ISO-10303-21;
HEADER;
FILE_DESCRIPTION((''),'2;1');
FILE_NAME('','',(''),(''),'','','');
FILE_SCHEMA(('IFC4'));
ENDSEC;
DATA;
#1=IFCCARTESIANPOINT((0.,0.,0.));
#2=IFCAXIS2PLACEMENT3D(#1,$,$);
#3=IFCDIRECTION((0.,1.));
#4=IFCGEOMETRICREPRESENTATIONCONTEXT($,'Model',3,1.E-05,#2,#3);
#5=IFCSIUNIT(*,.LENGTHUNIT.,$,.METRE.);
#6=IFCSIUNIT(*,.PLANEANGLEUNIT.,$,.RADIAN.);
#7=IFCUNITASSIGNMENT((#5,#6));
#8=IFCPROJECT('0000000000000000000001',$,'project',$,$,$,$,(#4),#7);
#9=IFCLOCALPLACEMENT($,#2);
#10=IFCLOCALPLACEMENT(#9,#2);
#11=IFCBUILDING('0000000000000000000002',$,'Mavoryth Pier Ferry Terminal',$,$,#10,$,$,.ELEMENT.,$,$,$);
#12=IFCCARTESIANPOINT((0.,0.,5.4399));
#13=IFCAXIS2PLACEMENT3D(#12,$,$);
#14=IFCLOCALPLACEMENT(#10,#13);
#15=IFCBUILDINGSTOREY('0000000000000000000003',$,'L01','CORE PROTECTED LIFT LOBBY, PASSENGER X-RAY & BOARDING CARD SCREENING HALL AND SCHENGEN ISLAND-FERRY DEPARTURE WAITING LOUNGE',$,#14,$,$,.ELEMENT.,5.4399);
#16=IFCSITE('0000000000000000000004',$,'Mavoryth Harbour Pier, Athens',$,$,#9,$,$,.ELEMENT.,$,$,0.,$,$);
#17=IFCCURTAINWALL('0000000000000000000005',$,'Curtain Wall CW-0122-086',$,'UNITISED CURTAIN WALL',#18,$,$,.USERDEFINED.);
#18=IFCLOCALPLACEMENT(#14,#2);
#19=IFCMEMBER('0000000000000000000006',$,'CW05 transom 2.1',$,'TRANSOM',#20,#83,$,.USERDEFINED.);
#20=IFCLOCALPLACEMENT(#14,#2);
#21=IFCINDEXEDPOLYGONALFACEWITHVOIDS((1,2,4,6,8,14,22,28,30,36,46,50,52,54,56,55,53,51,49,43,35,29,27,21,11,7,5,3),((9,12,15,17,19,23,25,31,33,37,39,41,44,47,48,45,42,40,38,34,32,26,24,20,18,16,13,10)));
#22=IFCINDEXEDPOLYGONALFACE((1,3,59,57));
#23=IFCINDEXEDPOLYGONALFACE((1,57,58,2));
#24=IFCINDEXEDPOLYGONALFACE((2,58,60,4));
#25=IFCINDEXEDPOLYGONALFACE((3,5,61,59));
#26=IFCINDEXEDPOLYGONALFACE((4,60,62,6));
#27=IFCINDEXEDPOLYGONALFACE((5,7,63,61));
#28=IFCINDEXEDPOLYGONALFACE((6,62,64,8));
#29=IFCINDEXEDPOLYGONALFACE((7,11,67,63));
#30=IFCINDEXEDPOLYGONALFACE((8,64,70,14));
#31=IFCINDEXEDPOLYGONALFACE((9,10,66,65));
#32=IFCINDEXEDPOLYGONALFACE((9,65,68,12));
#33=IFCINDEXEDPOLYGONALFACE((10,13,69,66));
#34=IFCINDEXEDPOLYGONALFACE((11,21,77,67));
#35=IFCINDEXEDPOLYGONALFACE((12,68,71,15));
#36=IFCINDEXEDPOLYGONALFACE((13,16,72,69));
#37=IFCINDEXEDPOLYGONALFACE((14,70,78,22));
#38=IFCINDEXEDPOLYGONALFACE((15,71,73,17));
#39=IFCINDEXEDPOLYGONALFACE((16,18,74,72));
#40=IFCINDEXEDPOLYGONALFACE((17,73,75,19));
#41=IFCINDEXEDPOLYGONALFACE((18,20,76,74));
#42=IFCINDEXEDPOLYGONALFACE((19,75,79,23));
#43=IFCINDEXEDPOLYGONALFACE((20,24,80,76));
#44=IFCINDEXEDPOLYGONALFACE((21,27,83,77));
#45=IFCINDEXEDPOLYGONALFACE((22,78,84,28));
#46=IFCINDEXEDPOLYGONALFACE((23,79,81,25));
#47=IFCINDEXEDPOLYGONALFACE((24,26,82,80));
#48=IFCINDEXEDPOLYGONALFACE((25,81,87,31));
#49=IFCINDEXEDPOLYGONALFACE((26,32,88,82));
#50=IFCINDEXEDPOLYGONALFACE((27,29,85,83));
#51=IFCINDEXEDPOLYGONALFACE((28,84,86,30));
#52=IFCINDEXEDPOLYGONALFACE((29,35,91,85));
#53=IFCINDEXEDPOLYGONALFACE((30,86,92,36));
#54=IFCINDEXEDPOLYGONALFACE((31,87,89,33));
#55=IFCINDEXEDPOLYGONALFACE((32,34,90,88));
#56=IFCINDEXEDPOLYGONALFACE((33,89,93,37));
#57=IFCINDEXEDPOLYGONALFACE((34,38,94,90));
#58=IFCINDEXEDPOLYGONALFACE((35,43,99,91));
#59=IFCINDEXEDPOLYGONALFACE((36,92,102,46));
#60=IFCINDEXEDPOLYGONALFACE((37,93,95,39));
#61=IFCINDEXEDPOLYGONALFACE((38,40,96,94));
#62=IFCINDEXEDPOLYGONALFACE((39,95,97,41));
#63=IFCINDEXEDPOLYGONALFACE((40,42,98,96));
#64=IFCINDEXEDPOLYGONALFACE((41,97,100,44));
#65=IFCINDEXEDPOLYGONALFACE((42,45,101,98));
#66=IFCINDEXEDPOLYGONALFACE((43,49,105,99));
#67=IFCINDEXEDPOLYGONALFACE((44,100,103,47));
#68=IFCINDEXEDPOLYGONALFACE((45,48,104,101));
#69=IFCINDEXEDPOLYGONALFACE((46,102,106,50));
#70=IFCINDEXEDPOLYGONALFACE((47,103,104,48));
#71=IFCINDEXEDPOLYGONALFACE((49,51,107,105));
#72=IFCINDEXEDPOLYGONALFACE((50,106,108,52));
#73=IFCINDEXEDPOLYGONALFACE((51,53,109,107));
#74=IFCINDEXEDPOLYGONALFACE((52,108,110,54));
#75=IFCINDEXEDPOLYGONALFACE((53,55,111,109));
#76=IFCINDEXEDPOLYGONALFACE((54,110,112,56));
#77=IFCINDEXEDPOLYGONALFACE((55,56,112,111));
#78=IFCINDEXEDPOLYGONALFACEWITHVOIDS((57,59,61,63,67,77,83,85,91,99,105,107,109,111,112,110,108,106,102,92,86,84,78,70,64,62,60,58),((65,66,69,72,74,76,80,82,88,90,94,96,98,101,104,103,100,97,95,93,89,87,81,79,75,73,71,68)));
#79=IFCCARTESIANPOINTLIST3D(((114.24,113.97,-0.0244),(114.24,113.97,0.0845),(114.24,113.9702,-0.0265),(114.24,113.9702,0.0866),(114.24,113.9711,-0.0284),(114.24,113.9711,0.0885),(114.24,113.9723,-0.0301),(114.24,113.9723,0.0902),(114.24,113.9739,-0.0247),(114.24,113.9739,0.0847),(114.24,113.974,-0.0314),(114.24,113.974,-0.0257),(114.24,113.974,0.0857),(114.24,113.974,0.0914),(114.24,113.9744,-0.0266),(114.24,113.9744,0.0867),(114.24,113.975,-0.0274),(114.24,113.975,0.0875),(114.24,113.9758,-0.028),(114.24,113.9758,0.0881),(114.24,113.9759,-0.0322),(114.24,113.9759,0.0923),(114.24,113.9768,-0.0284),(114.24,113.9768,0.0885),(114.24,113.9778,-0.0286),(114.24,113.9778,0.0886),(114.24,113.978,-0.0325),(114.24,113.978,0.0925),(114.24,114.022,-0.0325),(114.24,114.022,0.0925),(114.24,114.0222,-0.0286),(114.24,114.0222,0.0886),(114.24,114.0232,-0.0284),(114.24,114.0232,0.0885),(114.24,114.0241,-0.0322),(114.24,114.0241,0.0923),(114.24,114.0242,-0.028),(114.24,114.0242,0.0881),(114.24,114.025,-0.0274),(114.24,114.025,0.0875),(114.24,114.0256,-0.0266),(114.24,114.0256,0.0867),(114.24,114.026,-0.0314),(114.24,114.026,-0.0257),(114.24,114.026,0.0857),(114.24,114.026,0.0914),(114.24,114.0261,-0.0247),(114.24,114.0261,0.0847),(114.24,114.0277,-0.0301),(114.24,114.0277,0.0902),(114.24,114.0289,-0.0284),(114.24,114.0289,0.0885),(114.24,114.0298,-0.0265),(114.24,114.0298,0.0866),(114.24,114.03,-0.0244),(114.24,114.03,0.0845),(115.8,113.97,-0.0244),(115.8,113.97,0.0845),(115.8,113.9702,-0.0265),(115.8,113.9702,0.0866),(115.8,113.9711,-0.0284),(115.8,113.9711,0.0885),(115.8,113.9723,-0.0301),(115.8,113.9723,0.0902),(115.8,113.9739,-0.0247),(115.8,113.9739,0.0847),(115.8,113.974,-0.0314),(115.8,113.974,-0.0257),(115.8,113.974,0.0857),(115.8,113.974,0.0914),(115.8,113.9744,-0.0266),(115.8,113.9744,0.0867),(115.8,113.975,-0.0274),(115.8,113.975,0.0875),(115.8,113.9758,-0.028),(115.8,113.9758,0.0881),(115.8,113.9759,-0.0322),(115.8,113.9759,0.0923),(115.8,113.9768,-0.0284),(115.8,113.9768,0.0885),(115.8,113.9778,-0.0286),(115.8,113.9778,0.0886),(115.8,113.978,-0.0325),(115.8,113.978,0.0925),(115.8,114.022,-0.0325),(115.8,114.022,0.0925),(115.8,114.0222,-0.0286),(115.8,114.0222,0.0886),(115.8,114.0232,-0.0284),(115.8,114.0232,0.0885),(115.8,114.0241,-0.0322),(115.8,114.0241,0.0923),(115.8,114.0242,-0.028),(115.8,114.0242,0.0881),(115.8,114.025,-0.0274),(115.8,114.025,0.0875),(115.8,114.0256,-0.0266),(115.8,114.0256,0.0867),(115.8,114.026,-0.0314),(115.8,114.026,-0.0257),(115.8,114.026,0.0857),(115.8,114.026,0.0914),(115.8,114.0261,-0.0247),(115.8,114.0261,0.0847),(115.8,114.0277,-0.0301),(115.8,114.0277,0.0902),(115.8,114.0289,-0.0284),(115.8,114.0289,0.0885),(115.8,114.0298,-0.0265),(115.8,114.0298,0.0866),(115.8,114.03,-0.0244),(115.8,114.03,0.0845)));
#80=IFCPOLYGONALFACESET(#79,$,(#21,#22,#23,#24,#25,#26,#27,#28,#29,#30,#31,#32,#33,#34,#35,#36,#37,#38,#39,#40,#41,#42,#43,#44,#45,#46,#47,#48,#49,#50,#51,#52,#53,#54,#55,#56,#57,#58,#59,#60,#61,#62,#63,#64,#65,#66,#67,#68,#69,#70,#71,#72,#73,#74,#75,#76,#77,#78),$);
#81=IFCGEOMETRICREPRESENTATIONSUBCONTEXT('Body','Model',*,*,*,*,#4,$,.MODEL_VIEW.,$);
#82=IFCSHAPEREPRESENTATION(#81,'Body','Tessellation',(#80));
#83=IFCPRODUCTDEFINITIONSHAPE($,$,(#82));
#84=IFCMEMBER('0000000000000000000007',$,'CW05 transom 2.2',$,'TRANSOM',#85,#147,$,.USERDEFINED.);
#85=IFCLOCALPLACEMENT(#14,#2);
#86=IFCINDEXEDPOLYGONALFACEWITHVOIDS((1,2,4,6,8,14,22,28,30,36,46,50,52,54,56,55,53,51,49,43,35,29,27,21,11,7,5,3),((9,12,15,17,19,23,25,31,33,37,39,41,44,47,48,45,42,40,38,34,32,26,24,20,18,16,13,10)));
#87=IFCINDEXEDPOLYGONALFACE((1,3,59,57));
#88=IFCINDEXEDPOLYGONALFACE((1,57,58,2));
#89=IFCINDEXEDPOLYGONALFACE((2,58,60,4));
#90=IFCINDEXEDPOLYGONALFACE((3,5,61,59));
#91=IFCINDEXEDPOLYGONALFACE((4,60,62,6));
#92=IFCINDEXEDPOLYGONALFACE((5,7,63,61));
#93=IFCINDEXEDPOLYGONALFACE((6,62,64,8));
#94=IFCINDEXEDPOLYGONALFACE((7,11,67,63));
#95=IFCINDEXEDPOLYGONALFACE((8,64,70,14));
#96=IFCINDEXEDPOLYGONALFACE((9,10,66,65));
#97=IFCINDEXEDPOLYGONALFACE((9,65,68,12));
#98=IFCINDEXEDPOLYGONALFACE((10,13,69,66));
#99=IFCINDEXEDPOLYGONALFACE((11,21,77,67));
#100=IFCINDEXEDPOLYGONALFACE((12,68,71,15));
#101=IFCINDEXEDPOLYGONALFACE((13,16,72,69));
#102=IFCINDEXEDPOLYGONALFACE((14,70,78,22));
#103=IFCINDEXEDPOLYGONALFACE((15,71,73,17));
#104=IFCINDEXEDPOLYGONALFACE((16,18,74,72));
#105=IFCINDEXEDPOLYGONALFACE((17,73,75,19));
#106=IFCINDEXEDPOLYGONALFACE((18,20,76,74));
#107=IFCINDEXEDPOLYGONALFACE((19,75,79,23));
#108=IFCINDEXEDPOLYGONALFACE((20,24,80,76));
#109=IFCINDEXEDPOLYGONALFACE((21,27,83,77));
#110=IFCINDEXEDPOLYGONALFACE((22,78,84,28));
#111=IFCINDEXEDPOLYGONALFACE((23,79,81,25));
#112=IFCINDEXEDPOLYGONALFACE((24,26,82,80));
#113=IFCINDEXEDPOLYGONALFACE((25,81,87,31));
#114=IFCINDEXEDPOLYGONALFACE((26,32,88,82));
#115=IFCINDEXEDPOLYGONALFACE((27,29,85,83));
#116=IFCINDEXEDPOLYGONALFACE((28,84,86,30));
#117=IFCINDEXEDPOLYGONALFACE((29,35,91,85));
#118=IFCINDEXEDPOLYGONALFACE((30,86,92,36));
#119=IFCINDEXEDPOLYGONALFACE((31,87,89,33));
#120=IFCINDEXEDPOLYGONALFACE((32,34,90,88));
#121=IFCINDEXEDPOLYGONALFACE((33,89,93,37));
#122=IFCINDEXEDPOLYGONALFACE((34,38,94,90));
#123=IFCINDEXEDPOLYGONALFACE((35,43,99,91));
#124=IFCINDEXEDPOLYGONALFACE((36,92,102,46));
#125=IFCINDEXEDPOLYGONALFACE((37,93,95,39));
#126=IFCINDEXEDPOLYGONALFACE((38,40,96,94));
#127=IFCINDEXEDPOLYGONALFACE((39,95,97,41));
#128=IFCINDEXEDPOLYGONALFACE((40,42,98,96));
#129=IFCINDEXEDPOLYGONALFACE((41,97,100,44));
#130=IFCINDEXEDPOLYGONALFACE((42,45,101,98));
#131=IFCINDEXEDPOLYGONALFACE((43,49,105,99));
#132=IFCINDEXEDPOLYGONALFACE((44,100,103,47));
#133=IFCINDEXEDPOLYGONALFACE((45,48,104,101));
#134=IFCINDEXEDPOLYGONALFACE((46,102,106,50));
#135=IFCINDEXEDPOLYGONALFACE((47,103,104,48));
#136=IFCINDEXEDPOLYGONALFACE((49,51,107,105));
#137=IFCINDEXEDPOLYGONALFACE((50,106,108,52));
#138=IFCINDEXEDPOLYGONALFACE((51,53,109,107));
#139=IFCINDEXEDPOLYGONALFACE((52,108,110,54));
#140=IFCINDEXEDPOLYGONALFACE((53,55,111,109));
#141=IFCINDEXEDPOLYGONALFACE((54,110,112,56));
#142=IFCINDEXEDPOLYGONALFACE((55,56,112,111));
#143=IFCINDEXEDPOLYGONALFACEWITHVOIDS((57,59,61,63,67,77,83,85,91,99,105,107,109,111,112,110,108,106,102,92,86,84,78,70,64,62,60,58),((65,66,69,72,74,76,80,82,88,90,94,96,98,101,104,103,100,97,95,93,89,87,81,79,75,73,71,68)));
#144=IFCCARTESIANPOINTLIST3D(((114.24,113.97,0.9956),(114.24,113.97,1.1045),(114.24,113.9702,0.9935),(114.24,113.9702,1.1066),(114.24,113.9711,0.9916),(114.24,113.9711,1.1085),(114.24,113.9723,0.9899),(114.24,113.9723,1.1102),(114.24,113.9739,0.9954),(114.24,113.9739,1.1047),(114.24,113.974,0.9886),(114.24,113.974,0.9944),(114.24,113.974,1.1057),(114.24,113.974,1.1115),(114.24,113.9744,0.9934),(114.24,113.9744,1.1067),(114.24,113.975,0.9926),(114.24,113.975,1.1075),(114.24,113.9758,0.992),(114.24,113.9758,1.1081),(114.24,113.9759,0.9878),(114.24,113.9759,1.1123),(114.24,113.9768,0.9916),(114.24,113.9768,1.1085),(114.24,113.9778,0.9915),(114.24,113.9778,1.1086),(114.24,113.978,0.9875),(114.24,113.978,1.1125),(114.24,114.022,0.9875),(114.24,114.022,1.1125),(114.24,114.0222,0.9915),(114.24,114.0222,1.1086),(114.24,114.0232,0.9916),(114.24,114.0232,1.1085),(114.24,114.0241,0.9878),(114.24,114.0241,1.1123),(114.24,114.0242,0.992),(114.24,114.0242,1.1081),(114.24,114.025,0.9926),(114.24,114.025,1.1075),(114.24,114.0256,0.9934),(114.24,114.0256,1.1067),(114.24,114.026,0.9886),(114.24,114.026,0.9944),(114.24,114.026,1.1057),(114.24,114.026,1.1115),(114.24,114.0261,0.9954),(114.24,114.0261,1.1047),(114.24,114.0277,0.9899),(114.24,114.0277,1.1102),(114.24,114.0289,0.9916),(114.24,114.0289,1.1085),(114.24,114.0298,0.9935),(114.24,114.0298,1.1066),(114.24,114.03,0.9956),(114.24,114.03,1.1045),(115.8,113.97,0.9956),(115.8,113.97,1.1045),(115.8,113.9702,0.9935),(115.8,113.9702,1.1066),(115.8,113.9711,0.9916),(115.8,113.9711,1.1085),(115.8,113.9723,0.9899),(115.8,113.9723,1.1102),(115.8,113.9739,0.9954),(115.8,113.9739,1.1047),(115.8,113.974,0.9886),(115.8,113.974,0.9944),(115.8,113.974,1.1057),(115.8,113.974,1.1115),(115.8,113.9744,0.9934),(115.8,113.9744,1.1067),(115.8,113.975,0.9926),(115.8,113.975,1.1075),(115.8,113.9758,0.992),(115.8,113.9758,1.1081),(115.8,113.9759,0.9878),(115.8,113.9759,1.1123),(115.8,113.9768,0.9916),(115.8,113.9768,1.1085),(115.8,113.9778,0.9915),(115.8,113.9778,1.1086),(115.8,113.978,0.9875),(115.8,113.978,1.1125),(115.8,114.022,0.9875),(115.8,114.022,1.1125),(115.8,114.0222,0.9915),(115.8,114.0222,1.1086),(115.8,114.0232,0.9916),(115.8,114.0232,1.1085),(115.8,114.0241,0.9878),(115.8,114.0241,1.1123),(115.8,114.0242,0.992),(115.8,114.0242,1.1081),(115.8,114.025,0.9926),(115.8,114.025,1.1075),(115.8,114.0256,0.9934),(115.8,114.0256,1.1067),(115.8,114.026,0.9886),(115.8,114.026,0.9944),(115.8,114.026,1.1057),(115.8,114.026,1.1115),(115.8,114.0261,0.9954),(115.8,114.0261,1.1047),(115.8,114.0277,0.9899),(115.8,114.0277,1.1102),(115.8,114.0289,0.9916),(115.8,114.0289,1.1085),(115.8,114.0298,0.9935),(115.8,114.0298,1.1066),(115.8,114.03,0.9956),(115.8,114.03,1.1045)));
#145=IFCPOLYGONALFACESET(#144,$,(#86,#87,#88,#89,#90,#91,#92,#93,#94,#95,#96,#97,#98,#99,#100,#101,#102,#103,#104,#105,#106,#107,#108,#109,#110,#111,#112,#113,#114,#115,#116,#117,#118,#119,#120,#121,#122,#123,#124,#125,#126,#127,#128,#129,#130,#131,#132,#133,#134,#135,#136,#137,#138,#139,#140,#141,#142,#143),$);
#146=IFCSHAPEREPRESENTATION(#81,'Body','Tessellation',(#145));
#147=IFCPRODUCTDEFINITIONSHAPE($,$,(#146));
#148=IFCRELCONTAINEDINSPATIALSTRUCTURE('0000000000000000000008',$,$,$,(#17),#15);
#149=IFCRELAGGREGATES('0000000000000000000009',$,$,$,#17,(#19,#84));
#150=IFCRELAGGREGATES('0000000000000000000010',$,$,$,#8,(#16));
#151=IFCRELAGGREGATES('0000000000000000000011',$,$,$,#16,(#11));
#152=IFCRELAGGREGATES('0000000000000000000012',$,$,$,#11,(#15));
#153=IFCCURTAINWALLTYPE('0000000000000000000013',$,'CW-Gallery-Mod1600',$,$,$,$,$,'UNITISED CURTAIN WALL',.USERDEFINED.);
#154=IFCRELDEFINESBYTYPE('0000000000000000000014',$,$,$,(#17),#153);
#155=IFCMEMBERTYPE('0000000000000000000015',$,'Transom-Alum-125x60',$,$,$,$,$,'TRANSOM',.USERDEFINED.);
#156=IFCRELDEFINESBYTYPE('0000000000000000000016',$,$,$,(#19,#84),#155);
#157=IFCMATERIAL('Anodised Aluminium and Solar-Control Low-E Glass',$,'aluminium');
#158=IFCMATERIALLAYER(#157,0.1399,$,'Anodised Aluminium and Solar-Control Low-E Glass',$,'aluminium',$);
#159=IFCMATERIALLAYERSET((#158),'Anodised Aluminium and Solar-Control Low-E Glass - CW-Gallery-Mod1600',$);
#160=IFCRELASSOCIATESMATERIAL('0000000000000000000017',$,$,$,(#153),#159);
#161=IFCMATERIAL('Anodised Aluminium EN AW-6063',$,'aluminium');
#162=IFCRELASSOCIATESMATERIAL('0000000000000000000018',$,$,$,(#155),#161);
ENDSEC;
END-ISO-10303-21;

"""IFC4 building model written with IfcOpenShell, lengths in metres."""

from ifc_helpers import new_model, si_unit, direction, frame, origin, origin_2d, place, context, subcontext, project, spatial, hollow_rectangle, extrude, material, layer, layer_set, material_profile, profile_set, type_object, element, aggregate, save


model = new_model("IFC4")

# Units and contexts
model_context = context("Model", 3, precision=1e-05, world=origin(), true_north=direction((0.0, 1.0)))
body_context = subcontext(model_context, "Body", "Model", "MODEL_VIEW")
ifc_project = project(units=[si_unit("LENGTHUNIT", "METRE"), si_unit("PLANEANGLEUNIT", "RADIAN")], contexts=[model_context])

# Site, building, storey
site_placement = place(None, origin())
site = spatial("IfcSite", under=ifc_project, at=site_placement, Name="Mavoryth Harbour Pier, Athens", CompositionType="ELEMENT", RefElevation=0.0)
building_placement = place(site_placement, origin())
building = spatial("IfcBuilding", under=site, at=building_placement, Name="Mavoryth Pier Ferry Terminal", CompositionType="ELEMENT")
storey_placement = place(building_placement, frame((0.0, 0.0, 5.4399)))
storey = spatial("IfcBuildingStorey", under=building, at=storey_placement, Name="L01", Description="CORE PROTECTED LIFT LOBBY, PASSENGER X-RAY & BOARDING CARD SCREENING HALL AND SCHENGEN ISLAND-FERRY DEPARTURE WAITING LOUNGE", CompositionType="ELEMENT", Elevation=5.4399)

# Curtain wall
ifc_material_1 = material(Name="Anodised Aluminium and Solar-Control Low-E Glass", Category="aluminium")
ifc_layer_1 = layer(ifc_material_1, 0.1399, Name="Anodised Aluminium and Solar-Control Low-E Glass", Category="aluminium")
ifc_layer_set_1 = layer_set([ifc_layer_1], Name="Anodised Aluminium and Solar-Control Low-E Glass - CW-Gallery-Mod1600")
curtain_wall_type = type_object("IfcCurtainWallType", Name="CW-Gallery-Mod1600", ElementType="UNITISED CURTAIN WALL", PredefinedType="USERDEFINED", material=ifc_layer_set_1)
curtain_wall_1_placement = place(storey_placement, origin())
curtain_wall_1 = element("IfcCurtainWall", 1, at=curtain_wall_1_placement, inside=storey, type_object=curtain_wall_type, Name="Curtain Wall CW-0122-086", ObjectType="UNITISED CURTAIN WALL", PredefinedType="USERDEFINED")
ifc_material_2 = material(Name="Anodised Aluminium EN AW-6063", Category="aluminium")

# Members
ifc_material_profile_1 = material_profile(ifc_material_2, hollow_rectangle(XDim=0.0601, YDim=0.125, WallThickness=0.0039, InnerFilletRadius=0.0039, OuterFilletRadius=0.0081, at=origin_2d()), Name="AL-TRAN 125x60x4", Category="aluminium")
ifc_profile_set_1 = profile_set([ifc_material_profile_1], Name="Anodised Aluminium EN AW-6063 - AL-TRAN 125x60x4")
member_type_1 = type_object("IfcMemberType", Name="Transom-Alum-125x60", ElementType="TRANSOM", PredefinedType="USERDEFINED", material=ifc_profile_set_1)
member_1_placement = place(storey_placement, frame((115.8, 114.0, 0.03), z_axis=(-1.0, 0.0, 0.0), x_axis=(0.0, -1.0, 0.0)))
member_1 = element("IfcMember", 2, at=member_1_placement, type_object=member_type_1, Name="CW05 transom 2.1", ObjectType="TRANSOM", PredefinedType="USERDEFINED", context=body_context, shape_type="SweptSolid", body=[
    extrude(hollow_rectangle(XDim=0.0601, YDim=0.125, WallThickness=0.0039, InnerFilletRadius=0.0039, OuterFilletRadius=0.0081, at=origin_2d()), origin(), (0.0, 0.0, 1.0), 1.5601),
])
member_2_placement = place(storey_placement, frame((115.8, 114.0, 1.05), z_axis=(-1.0, 0.0, 0.0), x_axis=(0.0, -1.0, 0.0)))
member_2 = element("IfcMember", 3, at=member_2_placement, type_object=member_type_1, Name="CW05 transom 2.2", ObjectType="TRANSOM", PredefinedType="USERDEFINED", context=body_context, shape_type="SweptSolid", body=[
    extrude(hollow_rectangle(XDim=0.0601, YDim=0.125, WallThickness=0.0039, InnerFilletRadius=0.0039, OuterFilletRadius=0.0081, at=origin_2d()), origin(), (0.0, 0.0, 1.0), 1.5601),
])

aggregate(curtain_wall_1, [member_1, member_2])

save(model, "model.ifc")
